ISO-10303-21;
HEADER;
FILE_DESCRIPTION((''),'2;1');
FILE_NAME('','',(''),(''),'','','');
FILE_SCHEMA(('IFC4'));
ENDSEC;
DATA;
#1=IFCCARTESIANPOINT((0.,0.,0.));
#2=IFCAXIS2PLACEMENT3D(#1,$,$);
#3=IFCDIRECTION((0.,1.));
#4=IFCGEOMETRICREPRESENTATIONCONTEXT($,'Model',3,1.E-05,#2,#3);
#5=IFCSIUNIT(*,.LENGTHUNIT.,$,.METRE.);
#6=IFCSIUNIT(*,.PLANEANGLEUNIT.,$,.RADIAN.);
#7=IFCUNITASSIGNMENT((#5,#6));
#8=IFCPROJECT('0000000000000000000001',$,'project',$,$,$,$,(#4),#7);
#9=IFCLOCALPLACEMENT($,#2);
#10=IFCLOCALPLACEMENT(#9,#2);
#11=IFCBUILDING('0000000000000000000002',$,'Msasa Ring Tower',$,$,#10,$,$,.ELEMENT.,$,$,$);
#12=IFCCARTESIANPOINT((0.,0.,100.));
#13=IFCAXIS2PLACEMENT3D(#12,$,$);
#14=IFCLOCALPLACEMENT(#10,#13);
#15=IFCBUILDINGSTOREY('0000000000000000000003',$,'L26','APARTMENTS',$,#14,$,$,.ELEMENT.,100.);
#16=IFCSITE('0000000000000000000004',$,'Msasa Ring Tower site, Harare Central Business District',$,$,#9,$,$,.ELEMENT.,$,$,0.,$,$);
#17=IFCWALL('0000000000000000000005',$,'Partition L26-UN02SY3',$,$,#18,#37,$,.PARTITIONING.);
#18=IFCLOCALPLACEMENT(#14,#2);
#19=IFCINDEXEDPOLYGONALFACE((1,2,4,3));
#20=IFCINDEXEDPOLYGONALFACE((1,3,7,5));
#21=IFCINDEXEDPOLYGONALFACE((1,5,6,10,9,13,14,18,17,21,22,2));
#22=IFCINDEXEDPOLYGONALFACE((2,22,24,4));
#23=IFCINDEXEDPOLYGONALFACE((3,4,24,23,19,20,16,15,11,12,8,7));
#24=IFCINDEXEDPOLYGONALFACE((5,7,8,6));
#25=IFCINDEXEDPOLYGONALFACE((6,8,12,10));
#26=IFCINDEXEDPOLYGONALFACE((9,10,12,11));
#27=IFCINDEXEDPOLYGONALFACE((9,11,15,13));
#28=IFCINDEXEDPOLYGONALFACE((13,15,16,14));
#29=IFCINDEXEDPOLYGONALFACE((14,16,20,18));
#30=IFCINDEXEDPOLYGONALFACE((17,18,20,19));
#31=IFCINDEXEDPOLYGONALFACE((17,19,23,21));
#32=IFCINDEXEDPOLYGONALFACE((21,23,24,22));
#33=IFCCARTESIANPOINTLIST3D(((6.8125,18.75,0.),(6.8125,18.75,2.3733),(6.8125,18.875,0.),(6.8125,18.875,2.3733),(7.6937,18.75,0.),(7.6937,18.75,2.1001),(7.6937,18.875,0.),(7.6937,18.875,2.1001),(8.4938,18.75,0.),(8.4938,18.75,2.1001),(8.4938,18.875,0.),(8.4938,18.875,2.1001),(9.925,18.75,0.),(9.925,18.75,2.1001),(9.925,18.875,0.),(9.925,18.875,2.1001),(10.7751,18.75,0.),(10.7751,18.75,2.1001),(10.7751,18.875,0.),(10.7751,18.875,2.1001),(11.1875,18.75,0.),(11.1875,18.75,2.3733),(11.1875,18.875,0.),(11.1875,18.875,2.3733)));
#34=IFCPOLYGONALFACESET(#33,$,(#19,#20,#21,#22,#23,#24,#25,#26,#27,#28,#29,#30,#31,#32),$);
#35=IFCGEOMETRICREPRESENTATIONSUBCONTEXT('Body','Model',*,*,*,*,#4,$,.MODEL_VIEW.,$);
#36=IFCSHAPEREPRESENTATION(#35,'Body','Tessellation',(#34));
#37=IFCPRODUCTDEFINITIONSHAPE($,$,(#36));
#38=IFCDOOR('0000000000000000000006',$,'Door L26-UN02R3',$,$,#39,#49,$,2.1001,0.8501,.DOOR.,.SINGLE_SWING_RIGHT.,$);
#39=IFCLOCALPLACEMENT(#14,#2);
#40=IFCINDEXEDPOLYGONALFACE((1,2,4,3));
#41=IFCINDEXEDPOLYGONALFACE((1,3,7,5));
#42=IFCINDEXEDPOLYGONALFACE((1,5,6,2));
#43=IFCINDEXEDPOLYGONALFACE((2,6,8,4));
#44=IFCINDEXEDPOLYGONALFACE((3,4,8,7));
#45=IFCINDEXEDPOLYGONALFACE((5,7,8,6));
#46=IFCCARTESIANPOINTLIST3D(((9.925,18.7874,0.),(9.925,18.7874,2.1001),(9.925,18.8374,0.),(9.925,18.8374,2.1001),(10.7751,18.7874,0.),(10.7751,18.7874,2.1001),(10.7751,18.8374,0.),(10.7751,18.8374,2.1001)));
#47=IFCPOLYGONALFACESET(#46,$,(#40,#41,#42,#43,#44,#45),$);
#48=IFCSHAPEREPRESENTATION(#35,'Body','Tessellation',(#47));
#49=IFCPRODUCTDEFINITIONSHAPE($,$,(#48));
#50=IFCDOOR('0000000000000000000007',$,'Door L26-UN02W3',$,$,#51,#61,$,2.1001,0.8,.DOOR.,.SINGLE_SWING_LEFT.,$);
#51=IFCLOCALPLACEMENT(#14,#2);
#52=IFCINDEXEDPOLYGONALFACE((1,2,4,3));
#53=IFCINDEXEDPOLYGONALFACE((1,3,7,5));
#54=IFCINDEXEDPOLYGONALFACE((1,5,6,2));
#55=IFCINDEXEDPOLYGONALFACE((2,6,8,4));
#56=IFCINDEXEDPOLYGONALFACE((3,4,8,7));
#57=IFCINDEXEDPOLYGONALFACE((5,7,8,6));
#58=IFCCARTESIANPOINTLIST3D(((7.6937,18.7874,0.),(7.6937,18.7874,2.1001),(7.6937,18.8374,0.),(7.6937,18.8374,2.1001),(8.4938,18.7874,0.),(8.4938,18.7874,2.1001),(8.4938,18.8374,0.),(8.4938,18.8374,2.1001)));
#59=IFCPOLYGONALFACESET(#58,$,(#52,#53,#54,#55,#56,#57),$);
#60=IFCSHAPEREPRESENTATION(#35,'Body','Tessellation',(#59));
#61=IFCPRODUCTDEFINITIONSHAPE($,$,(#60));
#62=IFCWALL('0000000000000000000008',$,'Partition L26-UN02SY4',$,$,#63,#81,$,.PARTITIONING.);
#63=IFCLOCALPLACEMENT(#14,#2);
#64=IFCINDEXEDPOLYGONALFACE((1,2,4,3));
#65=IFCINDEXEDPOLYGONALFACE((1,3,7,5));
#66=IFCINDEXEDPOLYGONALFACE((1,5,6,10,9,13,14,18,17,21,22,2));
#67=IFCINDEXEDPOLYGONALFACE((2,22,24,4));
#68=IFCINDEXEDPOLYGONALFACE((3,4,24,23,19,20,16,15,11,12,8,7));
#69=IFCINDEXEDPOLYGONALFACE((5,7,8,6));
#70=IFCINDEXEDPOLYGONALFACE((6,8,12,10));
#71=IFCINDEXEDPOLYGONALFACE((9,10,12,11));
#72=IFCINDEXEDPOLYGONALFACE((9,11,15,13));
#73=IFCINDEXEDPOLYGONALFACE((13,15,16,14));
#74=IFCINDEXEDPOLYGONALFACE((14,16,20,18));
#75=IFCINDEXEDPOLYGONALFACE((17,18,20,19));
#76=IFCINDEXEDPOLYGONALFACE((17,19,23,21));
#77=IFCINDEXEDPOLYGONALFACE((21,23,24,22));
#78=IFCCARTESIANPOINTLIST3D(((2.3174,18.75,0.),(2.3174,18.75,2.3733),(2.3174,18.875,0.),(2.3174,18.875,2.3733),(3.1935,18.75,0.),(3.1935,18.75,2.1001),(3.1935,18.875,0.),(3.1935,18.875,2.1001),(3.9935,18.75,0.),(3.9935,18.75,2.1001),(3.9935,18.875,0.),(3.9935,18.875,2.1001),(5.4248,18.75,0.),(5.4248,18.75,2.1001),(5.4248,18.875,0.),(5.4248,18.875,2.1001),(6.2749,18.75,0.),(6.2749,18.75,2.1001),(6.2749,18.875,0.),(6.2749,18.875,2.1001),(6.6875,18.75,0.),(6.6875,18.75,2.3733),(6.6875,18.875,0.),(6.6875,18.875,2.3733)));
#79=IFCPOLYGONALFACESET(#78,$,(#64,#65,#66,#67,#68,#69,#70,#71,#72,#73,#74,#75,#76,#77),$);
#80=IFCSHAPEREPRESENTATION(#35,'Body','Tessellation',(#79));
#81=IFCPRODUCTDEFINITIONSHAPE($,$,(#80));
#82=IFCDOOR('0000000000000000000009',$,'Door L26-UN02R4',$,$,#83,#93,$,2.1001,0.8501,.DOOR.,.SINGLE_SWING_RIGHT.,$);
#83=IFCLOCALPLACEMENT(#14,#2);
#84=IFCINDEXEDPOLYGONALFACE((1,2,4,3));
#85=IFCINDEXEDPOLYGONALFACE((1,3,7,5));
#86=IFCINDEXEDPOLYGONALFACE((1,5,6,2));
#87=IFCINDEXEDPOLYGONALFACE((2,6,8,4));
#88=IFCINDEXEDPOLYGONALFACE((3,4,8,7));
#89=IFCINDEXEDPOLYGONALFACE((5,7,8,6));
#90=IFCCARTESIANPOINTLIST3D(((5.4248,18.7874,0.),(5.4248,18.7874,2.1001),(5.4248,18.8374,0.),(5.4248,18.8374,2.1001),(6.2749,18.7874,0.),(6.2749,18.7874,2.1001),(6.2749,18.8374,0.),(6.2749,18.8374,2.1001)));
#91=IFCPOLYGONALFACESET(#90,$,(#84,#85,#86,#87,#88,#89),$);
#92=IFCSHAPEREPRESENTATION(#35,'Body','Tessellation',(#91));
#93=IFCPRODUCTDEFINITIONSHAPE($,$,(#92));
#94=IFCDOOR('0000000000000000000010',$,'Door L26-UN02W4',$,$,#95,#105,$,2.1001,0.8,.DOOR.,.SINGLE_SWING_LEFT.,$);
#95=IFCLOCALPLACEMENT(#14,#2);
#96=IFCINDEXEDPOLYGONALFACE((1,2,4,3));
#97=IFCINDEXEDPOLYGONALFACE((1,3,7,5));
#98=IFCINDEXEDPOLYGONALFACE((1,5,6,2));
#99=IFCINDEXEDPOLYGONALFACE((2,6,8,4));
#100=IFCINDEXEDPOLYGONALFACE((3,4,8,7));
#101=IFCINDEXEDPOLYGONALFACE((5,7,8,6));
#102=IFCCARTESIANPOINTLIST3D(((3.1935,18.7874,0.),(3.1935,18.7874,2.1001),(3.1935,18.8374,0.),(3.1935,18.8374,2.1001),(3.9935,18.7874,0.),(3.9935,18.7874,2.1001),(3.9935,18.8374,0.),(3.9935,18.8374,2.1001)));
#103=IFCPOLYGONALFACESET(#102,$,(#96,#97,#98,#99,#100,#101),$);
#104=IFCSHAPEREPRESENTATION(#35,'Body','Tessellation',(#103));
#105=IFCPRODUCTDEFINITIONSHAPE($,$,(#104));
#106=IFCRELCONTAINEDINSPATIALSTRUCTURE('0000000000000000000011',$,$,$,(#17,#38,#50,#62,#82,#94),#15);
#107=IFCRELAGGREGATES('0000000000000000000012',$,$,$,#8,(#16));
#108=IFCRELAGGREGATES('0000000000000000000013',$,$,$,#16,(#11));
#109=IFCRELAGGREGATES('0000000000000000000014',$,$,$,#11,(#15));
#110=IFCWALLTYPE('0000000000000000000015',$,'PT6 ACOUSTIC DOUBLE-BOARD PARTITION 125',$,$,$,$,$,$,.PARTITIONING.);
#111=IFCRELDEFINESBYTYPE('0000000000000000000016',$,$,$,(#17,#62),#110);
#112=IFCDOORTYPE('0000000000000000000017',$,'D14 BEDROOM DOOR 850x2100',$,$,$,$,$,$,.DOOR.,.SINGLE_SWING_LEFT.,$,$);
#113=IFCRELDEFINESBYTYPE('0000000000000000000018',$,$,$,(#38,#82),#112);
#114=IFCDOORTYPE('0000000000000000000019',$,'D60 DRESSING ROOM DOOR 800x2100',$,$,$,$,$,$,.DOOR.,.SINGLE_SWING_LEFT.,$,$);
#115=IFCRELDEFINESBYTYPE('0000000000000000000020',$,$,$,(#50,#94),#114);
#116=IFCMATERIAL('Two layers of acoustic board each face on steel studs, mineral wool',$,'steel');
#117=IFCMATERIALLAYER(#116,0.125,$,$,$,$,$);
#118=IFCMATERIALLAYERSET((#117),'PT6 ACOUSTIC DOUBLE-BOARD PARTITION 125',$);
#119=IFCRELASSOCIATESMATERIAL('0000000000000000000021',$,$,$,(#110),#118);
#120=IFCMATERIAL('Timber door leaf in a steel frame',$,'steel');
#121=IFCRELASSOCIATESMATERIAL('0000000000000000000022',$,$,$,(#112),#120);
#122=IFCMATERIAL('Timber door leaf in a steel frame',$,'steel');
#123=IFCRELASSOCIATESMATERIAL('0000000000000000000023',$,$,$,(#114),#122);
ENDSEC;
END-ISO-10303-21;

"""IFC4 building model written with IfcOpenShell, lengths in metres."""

from ifc_helpers import new_model, si_unit, direction, frame, frame_2d, origin, place, context, subcontext, project, spatial, rectangle, extrude, material, layer, layer_set, type_object, element, fill, save


model = new_model("IFC4")

# Units and contexts
model_context = context("Model", 3, precision=1e-05, world=origin(), true_north=direction((0.0, 1.0)))
body_context = subcontext(model_context, "Body", "Model", "MODEL_VIEW")
ifc_project = project(units=[si_unit("LENGTHUNIT", "METRE"), si_unit("PLANEANGLEUNIT", "RADIAN")], contexts=[model_context])

# Site, building, storey
site_placement = place(None, origin())
site = spatial("IfcSite", under=ifc_project, at=site_placement, Name="Msasa Ring Tower site, Harare Central Business District", CompositionType="ELEMENT", RefElevation=0.0)
building_placement = place(site_placement, origin())
building = spatial("IfcBuilding", under=site, at=building_placement, Name="Msasa Ring Tower", CompositionType="ELEMENT")
storey_placement = place(building_placement, frame((0.0, 0.0, 100.0)))
storey = spatial("IfcBuildingStorey", under=building, at=storey_placement, Name="L26", Description="APARTMENTS", CompositionType="ELEMENT", Elevation=100.0)

# Walls, openings, doors
ifc_material_1 = material(Name="Two layers of acoustic board each face on steel studs, mineral wool", Category="steel")
ifc_layer_1 = layer(ifc_material_1, 0.125)
ifc_layer_set_1 = layer_set([ifc_layer_1], Name="PT6 ACOUSTIC DOUBLE-BOARD PARTITION 125")
wall_type_1 = type_object("IfcWallType", Name="PT6 ACOUSTIC DOUBLE-BOARD PARTITION 125", PredefinedType="PARTITIONING", material=ifc_layer_set_1)
wall_1_placement = place(storey_placement, frame((6.8125, 18.8125, 0.0), z_axis=(0.0, 0.0, 1.0), x_axis=(1.0, 0.0, 0.0)))
wall_1 = element("IfcWall", 1, at=wall_1_placement, inside=storey, type_object=wall_type_1, Name="Partition L26-UN02SY3", PredefinedType="PARTITIONING", context=body_context, shape_type="SweptSolid", body=[
    extrude(rectangle(XDim=4.375, YDim=0.125, at=frame_2d((2.1875, 0.0))), origin(), (0.0, 0.0, 1.0), 2.3733),
])
opening_1_placement = place(wall_1_placement, frame((3.1125, 0.0, 0.0)))
opening_1 = element("IfcOpeningElement", 2, at=opening_1_placement, cuts=wall_1, PredefinedType="OPENING", context=body_context, shape_type="SweptSolid", body=[
    extrude(rectangle(XDim=0.8501, YDim=2.1001, at=frame_2d((0.425, 1.05))), frame((0.0, 0.0725, 0.0), z_axis=(0.0, -1.0, 0.0), x_axis=(1.0, 0.0, 0.0)), (0.0, 0.0, 1.0), 0.145),
])
opening_2_placement = place(wall_1_placement, frame((0.8813, 0.0, 0.0)))
opening_2 = element("IfcOpeningElement", 3, at=opening_2_placement, cuts=wall_1, PredefinedType="OPENING", context=body_context, shape_type="SweptSolid", body=[
    extrude(rectangle(XDim=0.8, YDim=2.1001, at=frame_2d((0.3999, 1.05))), frame((0.0, 0.0725, 0.0), z_axis=(0.0, -1.0, 0.0), x_axis=(1.0, 0.0, 0.0)), (0.0, 0.0, 1.0), 0.145),
])
ifc_material_2 = material(Name="Timber door leaf in a steel frame", Category="steel")
door_type_1 = type_object("IfcDoorType", Name="D14 BEDROOM DOOR 850x2100", OperationType="SINGLE_SWING_LEFT", PredefinedType="DOOR", material=ifc_material_2)
door_1_placement = place(opening_1_placement, origin())
door_1 = element("IfcDoor", 4, at=door_1_placement, inside=storey, type_object=door_type_1, Name="Door L26-UN02R3", OperationType="SINGLE_SWING_RIGHT", OverallHeight=2.1001, OverallWidth=0.8501, PredefinedType="DOOR", context=body_context, shape_type="SweptSolid", body=[
    extrude(rectangle(XDim=0.8501, YDim=2.1001, at=frame_2d((0.425, 1.05))), frame((0.0, 0.0249, 0.0), z_axis=(0.0, -1.0, 0.0), x_axis=(1.0, 0.0, 0.0)), (0.0, 0.0, 1.0), 0.05),
])
fill(opening_1, door_1)
ifc_material_3 = material(Name="Timber door leaf in a steel frame", Category="steel")
door_type_2 = type_object("IfcDoorType", Name="D60 DRESSING ROOM DOOR 800x2100", OperationType="SINGLE_SWING_LEFT", PredefinedType="DOOR", material=ifc_material_3)
door_2_placement = place(opening_2_placement, origin())
door_2 = element("IfcDoor", 5, at=door_2_placement, inside=storey, type_object=door_type_2, Name="Door L26-UN02W3", OperationType="SINGLE_SWING_LEFT", OverallHeight=2.1001, OverallWidth=0.8, PredefinedType="DOOR", context=body_context, shape_type="SweptSolid", body=[
    extrude(rectangle(XDim=0.8, YDim=2.1001, at=frame_2d((0.3999, 1.05))), frame((0.0, 0.0249, 0.0), z_axis=(0.0, -1.0, 0.0), x_axis=(1.0, 0.0, 0.0)), (0.0, 0.0, 1.0), 0.05),
])
fill(opening_2, door_2)
wall_2_placement = place(storey_placement, frame((2.3174, 18.8125, 0.0), z_axis=(0.0, 0.0, 1.0), x_axis=(1.0, 0.0, 0.0)))
wall_2 = element("IfcWall", 6, at=wall_2_placement, inside=storey, type_object=wall_type_1, Name="Partition L26-UN02SY4", PredefinedType="PARTITIONING", context=body_context, shape_type="SweptSolid", body=[
    extrude(rectangle(XDim=4.3701, YDim=0.125, at=frame_2d((2.1851, 0.0))), origin(), (0.0, 0.0, 1.0), 2.3733),
])
opening_3_placement = place(wall_2_placement, frame((3.1074, 0.0, 0.0)))
opening_3 = element("IfcOpeningElement", 7, at=opening_3_placement, cuts=wall_2, PredefinedType="OPENING", context=body_context, shape_type="SweptSolid", body=[
    extrude(rectangle(XDim=0.8501, YDim=2.1001, at=frame_2d((0.425, 1.05))), frame((0.0, 0.0725, 0.0), z_axis=(0.0, -1.0, 0.0), x_axis=(1.0, 0.0, 0.0)), (0.0, 0.0, 1.0), 0.145),
])
opening_4_placement = place(wall_2_placement, frame((0.8762, 0.0, 0.0)))
opening_4 = element("IfcOpeningElement", 8, at=opening_4_placement, cuts=wall_2, PredefinedType="OPENING", context=body_context, shape_type="SweptSolid", body=[
    extrude(rectangle(XDim=0.8, YDim=2.1001, at=frame_2d((0.3999, 1.05))), frame((0.0, 0.0725, 0.0), z_axis=(0.0, -1.0, 0.0), x_axis=(1.0, 0.0, 0.0)), (0.0, 0.0, 1.0), 0.145),
])
door_3_placement = place(opening_3_placement, origin())
door_3 = element("IfcDoor", 9, at=door_3_placement, inside=storey, type_object=door_type_1, Name="Door L26-UN02R4", OperationType="SINGLE_SWING_RIGHT", OverallHeight=2.1001, OverallWidth=0.8501, PredefinedType="DOOR", context=body_context, shape_type="SweptSolid", body=[
    extrude(rectangle(XDim=0.8501, YDim=2.1001, at=frame_2d((0.425, 1.05))), frame((0.0, 0.0249, 0.0), z_axis=(0.0, -1.0, 0.0), x_axis=(1.0, 0.0, 0.0)), (0.0, 0.0, 1.0), 0.05),
])
fill(opening_3, door_3)
door_4_placement = place(opening_4_placement, origin())
door_4 = element("IfcDoor", 10, at=door_4_placement, inside=storey, type_object=door_type_2, Name="Door L26-UN02W4", OperationType="SINGLE_SWING_LEFT", OverallHeight=2.1001, OverallWidth=0.8, PredefinedType="DOOR", context=body_context, shape_type="SweptSolid", body=[
    extrude(rectangle(XDim=0.8, YDim=2.1001, at=frame_2d((0.3999, 1.05))), frame((0.0, 0.0249, 0.0), z_axis=(0.0, -1.0, 0.0), x_axis=(1.0, 0.0, 0.0)), (0.0, 0.0, 1.0), 0.05),
])
fill(opening_4, door_4)

save(model, "model.ifc")
